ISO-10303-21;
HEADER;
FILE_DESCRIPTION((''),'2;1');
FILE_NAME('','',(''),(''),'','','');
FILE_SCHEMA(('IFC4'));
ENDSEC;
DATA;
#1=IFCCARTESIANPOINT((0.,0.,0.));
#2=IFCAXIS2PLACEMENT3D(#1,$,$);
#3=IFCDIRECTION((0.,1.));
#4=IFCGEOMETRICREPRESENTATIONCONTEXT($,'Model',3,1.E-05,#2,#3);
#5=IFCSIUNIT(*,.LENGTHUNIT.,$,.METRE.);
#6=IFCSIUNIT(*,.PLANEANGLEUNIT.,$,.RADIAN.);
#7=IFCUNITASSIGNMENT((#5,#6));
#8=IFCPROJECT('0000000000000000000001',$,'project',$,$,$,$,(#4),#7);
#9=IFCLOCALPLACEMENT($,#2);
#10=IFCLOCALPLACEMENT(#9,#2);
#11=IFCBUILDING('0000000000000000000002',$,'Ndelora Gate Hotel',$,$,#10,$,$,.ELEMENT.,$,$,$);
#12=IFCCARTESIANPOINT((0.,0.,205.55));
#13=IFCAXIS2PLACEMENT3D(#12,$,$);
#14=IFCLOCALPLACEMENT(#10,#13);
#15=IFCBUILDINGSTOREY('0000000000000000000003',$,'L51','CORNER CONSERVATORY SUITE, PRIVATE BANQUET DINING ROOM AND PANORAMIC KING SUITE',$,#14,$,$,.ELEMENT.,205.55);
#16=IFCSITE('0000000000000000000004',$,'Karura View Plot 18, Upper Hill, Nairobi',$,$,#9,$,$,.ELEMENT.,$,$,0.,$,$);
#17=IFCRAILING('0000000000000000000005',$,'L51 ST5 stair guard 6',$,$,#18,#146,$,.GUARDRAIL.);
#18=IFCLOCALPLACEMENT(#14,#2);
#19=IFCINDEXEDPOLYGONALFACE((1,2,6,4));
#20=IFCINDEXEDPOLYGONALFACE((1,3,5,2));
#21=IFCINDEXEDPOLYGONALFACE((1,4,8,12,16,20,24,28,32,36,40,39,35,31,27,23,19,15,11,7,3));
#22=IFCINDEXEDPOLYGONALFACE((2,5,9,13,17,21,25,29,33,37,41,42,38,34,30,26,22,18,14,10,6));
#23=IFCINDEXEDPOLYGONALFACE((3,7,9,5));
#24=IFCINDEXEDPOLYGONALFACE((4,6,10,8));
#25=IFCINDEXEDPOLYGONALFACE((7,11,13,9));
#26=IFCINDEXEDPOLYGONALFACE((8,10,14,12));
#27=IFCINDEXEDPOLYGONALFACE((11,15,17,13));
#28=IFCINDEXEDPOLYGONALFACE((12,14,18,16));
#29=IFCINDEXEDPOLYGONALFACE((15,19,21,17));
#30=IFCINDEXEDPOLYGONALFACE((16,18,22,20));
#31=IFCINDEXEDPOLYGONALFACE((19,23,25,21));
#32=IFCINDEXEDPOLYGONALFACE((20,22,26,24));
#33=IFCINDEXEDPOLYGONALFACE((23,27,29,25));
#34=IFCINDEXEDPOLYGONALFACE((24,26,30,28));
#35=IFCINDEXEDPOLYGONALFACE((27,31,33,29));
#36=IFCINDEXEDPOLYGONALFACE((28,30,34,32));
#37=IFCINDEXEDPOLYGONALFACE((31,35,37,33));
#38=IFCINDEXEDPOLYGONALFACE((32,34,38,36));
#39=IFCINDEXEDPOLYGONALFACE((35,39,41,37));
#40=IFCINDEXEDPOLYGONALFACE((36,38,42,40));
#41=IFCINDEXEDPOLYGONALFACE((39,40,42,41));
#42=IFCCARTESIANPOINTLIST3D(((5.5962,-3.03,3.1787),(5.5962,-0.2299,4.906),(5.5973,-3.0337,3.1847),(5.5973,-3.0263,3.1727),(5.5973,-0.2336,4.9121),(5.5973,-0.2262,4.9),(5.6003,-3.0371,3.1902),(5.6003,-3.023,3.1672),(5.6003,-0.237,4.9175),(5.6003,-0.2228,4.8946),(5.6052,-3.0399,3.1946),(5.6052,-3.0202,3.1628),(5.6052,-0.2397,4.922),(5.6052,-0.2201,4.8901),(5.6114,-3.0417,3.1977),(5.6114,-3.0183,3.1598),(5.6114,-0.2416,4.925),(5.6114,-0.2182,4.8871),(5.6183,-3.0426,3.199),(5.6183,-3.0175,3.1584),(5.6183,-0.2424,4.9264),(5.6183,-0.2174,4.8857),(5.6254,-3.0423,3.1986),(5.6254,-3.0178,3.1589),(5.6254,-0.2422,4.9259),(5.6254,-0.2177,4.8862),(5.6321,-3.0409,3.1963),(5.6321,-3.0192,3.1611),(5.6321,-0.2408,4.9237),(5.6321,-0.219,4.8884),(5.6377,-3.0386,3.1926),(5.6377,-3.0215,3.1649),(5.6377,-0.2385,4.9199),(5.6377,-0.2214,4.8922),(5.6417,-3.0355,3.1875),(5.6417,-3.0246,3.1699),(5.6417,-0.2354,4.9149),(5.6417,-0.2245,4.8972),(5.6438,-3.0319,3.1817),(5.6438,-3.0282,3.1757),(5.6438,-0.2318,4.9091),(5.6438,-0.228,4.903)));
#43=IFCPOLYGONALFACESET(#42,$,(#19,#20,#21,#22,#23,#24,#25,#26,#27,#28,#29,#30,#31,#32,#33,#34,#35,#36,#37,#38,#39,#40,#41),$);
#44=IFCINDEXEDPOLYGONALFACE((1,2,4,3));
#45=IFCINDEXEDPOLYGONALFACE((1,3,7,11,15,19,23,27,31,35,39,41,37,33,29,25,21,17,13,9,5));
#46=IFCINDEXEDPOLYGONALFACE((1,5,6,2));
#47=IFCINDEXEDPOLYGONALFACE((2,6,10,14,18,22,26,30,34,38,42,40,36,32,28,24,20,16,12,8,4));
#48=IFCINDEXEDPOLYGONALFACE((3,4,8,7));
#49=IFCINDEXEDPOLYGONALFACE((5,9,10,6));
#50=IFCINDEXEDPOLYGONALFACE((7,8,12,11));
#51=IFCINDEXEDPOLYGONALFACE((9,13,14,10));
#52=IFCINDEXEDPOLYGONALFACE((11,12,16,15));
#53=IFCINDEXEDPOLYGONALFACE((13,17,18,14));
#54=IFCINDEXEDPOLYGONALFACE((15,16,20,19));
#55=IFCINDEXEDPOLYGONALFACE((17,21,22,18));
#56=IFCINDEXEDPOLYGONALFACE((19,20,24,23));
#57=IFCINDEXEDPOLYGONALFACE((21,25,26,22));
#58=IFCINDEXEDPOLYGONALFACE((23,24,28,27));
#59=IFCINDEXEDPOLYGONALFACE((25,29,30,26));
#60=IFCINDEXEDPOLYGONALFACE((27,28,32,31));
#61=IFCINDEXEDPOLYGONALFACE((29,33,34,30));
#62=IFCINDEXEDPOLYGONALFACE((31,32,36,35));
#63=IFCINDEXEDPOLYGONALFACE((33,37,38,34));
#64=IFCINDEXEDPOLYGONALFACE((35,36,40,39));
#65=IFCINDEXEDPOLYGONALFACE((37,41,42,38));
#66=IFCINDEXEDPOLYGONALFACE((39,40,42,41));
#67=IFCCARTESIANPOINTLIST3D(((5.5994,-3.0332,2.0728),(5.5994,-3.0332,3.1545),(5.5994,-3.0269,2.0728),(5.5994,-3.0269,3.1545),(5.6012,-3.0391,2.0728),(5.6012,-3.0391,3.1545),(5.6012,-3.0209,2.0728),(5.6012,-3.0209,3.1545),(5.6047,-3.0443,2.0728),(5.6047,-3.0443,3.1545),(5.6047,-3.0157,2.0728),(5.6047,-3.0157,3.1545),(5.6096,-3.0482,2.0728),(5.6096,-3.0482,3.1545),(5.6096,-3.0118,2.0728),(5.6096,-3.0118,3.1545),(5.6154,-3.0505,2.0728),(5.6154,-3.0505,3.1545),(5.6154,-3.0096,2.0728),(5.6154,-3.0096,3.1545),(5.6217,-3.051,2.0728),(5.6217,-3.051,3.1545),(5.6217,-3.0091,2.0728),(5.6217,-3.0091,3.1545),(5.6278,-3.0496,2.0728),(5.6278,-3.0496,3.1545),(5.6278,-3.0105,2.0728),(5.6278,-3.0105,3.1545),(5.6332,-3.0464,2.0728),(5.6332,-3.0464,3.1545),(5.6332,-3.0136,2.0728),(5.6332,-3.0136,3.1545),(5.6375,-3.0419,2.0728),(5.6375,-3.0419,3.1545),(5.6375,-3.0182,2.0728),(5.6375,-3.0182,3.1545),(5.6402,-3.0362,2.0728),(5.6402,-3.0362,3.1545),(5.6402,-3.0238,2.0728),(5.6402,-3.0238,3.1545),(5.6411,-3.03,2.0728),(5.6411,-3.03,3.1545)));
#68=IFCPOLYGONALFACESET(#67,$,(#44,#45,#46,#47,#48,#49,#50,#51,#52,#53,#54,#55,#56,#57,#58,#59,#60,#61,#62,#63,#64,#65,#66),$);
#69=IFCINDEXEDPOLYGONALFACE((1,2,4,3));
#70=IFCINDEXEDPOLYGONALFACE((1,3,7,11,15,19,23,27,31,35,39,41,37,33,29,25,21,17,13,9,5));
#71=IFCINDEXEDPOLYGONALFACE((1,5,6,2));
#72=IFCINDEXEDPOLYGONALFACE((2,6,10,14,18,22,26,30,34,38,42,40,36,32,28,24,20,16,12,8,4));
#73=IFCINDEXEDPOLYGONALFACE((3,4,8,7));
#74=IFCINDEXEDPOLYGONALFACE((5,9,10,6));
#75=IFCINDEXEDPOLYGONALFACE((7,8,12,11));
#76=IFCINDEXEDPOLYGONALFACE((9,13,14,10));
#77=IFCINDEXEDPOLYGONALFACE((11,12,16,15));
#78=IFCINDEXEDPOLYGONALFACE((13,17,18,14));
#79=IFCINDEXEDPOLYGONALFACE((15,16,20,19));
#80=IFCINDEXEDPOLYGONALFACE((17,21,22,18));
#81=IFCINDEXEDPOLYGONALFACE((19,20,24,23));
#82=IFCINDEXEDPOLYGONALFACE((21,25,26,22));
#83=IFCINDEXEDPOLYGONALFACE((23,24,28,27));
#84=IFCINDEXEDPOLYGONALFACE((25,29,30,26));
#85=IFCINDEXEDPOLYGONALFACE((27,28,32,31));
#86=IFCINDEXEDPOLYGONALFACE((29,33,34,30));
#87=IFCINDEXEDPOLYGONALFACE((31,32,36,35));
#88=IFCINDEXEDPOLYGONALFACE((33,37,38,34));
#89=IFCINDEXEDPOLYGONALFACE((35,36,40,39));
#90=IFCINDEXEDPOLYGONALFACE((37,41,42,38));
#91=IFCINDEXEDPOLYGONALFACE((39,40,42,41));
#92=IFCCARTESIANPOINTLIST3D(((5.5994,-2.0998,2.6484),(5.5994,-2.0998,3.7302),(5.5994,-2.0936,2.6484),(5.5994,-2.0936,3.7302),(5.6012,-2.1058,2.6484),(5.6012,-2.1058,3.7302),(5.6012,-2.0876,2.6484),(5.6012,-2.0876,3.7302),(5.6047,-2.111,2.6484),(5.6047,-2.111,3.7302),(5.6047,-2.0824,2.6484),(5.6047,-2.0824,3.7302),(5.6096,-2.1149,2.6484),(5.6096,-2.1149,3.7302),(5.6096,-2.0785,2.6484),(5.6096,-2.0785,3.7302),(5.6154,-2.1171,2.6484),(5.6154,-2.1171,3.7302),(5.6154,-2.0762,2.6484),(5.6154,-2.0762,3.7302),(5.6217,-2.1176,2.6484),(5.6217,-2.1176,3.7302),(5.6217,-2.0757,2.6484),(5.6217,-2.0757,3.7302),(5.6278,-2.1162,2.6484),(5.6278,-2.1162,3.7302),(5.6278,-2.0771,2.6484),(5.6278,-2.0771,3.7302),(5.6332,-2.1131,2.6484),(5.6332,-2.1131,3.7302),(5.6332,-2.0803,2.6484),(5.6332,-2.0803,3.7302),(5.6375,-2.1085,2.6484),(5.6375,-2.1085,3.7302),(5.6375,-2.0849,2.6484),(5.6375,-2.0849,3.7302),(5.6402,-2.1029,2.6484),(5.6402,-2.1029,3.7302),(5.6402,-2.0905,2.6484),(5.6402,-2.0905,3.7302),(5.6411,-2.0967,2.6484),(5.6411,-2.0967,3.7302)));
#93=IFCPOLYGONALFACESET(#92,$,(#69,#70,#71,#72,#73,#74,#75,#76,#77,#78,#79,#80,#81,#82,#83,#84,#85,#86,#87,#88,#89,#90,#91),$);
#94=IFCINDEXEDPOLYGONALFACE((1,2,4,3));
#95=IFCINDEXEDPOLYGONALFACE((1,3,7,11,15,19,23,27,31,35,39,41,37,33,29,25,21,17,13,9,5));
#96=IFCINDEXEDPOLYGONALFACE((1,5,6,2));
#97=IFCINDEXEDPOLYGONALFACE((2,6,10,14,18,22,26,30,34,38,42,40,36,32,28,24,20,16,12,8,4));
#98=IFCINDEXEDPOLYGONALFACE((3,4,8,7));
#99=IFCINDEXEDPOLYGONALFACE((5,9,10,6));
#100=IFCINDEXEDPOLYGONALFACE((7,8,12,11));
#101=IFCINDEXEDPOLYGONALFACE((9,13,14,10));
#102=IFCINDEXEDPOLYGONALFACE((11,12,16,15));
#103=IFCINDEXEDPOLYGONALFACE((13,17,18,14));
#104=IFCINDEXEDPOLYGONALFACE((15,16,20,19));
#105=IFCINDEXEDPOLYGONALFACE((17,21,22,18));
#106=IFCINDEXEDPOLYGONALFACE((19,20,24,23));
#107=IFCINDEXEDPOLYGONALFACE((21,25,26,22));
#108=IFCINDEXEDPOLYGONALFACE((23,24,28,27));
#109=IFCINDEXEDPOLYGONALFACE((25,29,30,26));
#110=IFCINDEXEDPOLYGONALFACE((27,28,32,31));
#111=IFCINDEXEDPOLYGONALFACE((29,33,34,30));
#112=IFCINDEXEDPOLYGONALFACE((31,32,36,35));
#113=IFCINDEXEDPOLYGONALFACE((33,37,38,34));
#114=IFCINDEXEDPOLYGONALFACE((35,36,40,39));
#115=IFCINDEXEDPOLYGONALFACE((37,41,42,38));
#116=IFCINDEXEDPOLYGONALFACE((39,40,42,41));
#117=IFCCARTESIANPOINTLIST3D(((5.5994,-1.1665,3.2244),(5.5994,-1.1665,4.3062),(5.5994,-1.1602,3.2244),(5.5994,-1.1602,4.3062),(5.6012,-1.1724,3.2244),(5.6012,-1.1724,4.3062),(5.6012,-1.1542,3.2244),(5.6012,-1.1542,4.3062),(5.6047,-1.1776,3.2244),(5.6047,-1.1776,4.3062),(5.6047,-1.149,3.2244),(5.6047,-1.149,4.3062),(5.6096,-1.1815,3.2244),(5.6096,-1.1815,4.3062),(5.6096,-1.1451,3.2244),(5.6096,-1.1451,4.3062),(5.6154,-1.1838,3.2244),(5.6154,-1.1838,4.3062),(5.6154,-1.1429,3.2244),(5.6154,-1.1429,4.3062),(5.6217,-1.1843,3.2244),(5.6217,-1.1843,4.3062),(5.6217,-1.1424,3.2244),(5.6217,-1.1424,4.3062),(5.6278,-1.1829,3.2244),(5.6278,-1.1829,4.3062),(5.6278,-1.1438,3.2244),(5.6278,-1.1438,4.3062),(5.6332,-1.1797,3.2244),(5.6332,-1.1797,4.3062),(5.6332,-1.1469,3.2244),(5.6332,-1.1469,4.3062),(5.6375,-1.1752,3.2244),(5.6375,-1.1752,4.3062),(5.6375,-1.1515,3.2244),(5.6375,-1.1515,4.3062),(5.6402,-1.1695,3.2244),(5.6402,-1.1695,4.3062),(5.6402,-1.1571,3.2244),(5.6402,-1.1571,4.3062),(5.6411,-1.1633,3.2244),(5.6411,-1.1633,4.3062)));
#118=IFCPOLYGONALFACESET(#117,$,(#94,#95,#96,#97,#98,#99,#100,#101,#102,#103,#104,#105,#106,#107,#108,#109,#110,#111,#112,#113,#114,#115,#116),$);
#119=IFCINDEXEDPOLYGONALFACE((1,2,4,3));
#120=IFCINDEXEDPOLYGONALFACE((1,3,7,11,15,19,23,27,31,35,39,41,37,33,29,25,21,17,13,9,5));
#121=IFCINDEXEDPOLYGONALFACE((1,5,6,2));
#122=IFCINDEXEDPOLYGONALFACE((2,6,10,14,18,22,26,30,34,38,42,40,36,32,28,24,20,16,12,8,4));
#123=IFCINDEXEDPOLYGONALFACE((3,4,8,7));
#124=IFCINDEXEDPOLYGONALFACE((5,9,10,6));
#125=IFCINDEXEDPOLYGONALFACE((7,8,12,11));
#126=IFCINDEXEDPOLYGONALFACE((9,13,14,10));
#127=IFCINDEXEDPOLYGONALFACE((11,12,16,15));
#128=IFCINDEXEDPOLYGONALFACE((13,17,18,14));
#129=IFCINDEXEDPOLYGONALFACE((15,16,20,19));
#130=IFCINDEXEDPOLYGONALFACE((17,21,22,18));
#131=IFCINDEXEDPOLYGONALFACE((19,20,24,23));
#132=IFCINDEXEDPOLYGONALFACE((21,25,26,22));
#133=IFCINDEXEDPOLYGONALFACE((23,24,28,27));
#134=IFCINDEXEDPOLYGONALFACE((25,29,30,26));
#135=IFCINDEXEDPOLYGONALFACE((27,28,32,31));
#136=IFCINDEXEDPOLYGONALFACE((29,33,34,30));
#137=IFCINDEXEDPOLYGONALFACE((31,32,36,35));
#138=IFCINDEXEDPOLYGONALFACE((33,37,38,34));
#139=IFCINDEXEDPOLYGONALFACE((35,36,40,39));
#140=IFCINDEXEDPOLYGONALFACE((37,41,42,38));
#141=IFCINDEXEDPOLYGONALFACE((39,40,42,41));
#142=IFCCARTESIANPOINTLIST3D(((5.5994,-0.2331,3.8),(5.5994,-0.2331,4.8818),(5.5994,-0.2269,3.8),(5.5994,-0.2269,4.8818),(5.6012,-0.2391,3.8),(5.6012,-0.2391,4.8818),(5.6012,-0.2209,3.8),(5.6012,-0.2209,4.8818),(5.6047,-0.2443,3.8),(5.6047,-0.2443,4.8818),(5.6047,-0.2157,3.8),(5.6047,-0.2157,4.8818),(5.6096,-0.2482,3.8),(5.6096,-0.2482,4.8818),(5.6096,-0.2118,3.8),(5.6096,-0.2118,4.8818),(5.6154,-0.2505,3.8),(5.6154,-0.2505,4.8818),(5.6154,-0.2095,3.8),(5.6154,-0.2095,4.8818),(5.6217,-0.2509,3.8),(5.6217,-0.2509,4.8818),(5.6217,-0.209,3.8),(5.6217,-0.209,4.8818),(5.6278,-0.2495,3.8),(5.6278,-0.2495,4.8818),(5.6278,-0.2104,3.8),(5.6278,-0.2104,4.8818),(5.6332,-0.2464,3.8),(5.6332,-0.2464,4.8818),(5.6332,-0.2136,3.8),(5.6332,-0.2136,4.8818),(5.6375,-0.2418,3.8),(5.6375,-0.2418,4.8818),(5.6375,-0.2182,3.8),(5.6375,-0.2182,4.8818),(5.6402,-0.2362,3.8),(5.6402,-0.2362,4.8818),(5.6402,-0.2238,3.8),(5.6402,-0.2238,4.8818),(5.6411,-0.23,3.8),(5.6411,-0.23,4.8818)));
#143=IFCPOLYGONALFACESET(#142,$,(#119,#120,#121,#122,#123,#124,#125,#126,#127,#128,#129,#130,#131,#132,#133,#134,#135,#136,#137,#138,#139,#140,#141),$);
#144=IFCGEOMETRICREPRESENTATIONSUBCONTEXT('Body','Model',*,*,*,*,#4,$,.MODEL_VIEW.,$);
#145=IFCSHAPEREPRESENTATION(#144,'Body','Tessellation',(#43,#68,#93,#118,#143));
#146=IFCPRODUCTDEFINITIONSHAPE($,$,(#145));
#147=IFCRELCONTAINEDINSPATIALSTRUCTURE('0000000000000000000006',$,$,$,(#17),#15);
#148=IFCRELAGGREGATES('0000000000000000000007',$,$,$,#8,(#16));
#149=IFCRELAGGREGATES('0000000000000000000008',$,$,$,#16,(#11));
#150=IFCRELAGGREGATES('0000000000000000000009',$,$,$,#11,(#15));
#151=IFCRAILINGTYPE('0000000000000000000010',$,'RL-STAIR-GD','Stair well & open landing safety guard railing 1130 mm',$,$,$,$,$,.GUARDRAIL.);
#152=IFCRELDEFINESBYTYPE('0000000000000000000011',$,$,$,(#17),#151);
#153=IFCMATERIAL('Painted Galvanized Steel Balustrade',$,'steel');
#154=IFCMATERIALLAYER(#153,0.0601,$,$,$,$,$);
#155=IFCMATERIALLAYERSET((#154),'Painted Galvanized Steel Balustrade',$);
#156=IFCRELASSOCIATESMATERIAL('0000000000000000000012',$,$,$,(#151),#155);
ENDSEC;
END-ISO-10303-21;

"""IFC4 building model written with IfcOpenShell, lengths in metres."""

from ifc_helpers import new_model, si_unit, direction, frame, origin, origin_2d, place, context, subcontext, project, spatial, circle, extrude, material, layer, layer_set, type_object, element, save


model = new_model("IFC4")

# Units and contexts
model_context = context("Model", 3, precision=1e-05, world=origin(), true_north=direction((0.0, 1.0)))
body_context = subcontext(model_context, "Body", "Model", "MODEL_VIEW")
ifc_project = project(units=[si_unit("LENGTHUNIT", "METRE"), si_unit("PLANEANGLEUNIT", "RADIAN")], contexts=[model_context])

# Site, building, storey
site_placement = place(None, origin())
site = spatial("IfcSite", under=ifc_project, at=site_placement, Name="Karura View Plot 18, Upper Hill, Nairobi", CompositionType="ELEMENT", RefElevation=0.0)
building_placement = place(site_placement, origin())
building = spatial("IfcBuilding", under=site, at=building_placement, Name="Ndelora Gate Hotel", CompositionType="ELEMENT")
storey_placement = place(building_placement, frame((0.0, 0.0, 205.55)))
storey = spatial("IfcBuildingStorey", under=building, at=storey_placement, Name="L51", Description="CORNER CONSERVATORY SUITE, PRIVATE BANQUET DINING ROOM AND PANORAMIC KING SUITE", CompositionType="ELEMENT", Elevation=205.55)

# Railing
ifc_material_1 = material(Name="Painted Galvanized Steel Balustrade", Category="steel")
ifc_layer_1 = layer(ifc_material_1, 0.0601)
ifc_layer_set_1 = layer_set([ifc_layer_1], Name="Painted Galvanized Steel Balustrade")
railing_type = type_object("IfcRailingType", Name="RL-STAIR-GD", Description="Stair well & open landing safety guard railing 1130 mm", PredefinedType="GUARDRAIL", material=ifc_layer_set_1)
railing_1_placement = place(storey_placement, frame((5.6201, -3.03, 2.0728)))
element("IfcRailing", 1, at=railing_1_placement, inside=storey, type_object=railing_type, Name="L51 ST5 stair guard 6", PredefinedType="GUARDRAIL", context=body_context, shape_type="SweptSolid", body=[
    extrude(circle(Radius=0.0239, at=origin_2d()), frame((0.0, 0.0, 1.106), z_axis=(0.0, 0.85109, 0.52502), x_axis=(-1.0, 0.0, 0.0)), (0.0, 0.0, 1.0), 3.29),
    extrude(circle(Radius=0.021, at=origin_2d()), origin(), (0.0, 0.0, 1.0), 1.0818),
    extrude(circle(Radius=0.021, at=origin_2d()), frame((0.0, 0.9333, 0.5757)), (0.0, 0.0, 1.0), 1.0818),
    extrude(circle(Radius=0.021, at=origin_2d()), frame((0.0, 1.8667, 1.1516)), (0.0, 0.0, 1.0), 1.0818),
    extrude(circle(Radius=0.021, at=origin_2d()), frame((0.0, 2.8, 1.7273)), (0.0, 0.0, 1.0), 1.0818),
])

save(model, "model.ifc")
